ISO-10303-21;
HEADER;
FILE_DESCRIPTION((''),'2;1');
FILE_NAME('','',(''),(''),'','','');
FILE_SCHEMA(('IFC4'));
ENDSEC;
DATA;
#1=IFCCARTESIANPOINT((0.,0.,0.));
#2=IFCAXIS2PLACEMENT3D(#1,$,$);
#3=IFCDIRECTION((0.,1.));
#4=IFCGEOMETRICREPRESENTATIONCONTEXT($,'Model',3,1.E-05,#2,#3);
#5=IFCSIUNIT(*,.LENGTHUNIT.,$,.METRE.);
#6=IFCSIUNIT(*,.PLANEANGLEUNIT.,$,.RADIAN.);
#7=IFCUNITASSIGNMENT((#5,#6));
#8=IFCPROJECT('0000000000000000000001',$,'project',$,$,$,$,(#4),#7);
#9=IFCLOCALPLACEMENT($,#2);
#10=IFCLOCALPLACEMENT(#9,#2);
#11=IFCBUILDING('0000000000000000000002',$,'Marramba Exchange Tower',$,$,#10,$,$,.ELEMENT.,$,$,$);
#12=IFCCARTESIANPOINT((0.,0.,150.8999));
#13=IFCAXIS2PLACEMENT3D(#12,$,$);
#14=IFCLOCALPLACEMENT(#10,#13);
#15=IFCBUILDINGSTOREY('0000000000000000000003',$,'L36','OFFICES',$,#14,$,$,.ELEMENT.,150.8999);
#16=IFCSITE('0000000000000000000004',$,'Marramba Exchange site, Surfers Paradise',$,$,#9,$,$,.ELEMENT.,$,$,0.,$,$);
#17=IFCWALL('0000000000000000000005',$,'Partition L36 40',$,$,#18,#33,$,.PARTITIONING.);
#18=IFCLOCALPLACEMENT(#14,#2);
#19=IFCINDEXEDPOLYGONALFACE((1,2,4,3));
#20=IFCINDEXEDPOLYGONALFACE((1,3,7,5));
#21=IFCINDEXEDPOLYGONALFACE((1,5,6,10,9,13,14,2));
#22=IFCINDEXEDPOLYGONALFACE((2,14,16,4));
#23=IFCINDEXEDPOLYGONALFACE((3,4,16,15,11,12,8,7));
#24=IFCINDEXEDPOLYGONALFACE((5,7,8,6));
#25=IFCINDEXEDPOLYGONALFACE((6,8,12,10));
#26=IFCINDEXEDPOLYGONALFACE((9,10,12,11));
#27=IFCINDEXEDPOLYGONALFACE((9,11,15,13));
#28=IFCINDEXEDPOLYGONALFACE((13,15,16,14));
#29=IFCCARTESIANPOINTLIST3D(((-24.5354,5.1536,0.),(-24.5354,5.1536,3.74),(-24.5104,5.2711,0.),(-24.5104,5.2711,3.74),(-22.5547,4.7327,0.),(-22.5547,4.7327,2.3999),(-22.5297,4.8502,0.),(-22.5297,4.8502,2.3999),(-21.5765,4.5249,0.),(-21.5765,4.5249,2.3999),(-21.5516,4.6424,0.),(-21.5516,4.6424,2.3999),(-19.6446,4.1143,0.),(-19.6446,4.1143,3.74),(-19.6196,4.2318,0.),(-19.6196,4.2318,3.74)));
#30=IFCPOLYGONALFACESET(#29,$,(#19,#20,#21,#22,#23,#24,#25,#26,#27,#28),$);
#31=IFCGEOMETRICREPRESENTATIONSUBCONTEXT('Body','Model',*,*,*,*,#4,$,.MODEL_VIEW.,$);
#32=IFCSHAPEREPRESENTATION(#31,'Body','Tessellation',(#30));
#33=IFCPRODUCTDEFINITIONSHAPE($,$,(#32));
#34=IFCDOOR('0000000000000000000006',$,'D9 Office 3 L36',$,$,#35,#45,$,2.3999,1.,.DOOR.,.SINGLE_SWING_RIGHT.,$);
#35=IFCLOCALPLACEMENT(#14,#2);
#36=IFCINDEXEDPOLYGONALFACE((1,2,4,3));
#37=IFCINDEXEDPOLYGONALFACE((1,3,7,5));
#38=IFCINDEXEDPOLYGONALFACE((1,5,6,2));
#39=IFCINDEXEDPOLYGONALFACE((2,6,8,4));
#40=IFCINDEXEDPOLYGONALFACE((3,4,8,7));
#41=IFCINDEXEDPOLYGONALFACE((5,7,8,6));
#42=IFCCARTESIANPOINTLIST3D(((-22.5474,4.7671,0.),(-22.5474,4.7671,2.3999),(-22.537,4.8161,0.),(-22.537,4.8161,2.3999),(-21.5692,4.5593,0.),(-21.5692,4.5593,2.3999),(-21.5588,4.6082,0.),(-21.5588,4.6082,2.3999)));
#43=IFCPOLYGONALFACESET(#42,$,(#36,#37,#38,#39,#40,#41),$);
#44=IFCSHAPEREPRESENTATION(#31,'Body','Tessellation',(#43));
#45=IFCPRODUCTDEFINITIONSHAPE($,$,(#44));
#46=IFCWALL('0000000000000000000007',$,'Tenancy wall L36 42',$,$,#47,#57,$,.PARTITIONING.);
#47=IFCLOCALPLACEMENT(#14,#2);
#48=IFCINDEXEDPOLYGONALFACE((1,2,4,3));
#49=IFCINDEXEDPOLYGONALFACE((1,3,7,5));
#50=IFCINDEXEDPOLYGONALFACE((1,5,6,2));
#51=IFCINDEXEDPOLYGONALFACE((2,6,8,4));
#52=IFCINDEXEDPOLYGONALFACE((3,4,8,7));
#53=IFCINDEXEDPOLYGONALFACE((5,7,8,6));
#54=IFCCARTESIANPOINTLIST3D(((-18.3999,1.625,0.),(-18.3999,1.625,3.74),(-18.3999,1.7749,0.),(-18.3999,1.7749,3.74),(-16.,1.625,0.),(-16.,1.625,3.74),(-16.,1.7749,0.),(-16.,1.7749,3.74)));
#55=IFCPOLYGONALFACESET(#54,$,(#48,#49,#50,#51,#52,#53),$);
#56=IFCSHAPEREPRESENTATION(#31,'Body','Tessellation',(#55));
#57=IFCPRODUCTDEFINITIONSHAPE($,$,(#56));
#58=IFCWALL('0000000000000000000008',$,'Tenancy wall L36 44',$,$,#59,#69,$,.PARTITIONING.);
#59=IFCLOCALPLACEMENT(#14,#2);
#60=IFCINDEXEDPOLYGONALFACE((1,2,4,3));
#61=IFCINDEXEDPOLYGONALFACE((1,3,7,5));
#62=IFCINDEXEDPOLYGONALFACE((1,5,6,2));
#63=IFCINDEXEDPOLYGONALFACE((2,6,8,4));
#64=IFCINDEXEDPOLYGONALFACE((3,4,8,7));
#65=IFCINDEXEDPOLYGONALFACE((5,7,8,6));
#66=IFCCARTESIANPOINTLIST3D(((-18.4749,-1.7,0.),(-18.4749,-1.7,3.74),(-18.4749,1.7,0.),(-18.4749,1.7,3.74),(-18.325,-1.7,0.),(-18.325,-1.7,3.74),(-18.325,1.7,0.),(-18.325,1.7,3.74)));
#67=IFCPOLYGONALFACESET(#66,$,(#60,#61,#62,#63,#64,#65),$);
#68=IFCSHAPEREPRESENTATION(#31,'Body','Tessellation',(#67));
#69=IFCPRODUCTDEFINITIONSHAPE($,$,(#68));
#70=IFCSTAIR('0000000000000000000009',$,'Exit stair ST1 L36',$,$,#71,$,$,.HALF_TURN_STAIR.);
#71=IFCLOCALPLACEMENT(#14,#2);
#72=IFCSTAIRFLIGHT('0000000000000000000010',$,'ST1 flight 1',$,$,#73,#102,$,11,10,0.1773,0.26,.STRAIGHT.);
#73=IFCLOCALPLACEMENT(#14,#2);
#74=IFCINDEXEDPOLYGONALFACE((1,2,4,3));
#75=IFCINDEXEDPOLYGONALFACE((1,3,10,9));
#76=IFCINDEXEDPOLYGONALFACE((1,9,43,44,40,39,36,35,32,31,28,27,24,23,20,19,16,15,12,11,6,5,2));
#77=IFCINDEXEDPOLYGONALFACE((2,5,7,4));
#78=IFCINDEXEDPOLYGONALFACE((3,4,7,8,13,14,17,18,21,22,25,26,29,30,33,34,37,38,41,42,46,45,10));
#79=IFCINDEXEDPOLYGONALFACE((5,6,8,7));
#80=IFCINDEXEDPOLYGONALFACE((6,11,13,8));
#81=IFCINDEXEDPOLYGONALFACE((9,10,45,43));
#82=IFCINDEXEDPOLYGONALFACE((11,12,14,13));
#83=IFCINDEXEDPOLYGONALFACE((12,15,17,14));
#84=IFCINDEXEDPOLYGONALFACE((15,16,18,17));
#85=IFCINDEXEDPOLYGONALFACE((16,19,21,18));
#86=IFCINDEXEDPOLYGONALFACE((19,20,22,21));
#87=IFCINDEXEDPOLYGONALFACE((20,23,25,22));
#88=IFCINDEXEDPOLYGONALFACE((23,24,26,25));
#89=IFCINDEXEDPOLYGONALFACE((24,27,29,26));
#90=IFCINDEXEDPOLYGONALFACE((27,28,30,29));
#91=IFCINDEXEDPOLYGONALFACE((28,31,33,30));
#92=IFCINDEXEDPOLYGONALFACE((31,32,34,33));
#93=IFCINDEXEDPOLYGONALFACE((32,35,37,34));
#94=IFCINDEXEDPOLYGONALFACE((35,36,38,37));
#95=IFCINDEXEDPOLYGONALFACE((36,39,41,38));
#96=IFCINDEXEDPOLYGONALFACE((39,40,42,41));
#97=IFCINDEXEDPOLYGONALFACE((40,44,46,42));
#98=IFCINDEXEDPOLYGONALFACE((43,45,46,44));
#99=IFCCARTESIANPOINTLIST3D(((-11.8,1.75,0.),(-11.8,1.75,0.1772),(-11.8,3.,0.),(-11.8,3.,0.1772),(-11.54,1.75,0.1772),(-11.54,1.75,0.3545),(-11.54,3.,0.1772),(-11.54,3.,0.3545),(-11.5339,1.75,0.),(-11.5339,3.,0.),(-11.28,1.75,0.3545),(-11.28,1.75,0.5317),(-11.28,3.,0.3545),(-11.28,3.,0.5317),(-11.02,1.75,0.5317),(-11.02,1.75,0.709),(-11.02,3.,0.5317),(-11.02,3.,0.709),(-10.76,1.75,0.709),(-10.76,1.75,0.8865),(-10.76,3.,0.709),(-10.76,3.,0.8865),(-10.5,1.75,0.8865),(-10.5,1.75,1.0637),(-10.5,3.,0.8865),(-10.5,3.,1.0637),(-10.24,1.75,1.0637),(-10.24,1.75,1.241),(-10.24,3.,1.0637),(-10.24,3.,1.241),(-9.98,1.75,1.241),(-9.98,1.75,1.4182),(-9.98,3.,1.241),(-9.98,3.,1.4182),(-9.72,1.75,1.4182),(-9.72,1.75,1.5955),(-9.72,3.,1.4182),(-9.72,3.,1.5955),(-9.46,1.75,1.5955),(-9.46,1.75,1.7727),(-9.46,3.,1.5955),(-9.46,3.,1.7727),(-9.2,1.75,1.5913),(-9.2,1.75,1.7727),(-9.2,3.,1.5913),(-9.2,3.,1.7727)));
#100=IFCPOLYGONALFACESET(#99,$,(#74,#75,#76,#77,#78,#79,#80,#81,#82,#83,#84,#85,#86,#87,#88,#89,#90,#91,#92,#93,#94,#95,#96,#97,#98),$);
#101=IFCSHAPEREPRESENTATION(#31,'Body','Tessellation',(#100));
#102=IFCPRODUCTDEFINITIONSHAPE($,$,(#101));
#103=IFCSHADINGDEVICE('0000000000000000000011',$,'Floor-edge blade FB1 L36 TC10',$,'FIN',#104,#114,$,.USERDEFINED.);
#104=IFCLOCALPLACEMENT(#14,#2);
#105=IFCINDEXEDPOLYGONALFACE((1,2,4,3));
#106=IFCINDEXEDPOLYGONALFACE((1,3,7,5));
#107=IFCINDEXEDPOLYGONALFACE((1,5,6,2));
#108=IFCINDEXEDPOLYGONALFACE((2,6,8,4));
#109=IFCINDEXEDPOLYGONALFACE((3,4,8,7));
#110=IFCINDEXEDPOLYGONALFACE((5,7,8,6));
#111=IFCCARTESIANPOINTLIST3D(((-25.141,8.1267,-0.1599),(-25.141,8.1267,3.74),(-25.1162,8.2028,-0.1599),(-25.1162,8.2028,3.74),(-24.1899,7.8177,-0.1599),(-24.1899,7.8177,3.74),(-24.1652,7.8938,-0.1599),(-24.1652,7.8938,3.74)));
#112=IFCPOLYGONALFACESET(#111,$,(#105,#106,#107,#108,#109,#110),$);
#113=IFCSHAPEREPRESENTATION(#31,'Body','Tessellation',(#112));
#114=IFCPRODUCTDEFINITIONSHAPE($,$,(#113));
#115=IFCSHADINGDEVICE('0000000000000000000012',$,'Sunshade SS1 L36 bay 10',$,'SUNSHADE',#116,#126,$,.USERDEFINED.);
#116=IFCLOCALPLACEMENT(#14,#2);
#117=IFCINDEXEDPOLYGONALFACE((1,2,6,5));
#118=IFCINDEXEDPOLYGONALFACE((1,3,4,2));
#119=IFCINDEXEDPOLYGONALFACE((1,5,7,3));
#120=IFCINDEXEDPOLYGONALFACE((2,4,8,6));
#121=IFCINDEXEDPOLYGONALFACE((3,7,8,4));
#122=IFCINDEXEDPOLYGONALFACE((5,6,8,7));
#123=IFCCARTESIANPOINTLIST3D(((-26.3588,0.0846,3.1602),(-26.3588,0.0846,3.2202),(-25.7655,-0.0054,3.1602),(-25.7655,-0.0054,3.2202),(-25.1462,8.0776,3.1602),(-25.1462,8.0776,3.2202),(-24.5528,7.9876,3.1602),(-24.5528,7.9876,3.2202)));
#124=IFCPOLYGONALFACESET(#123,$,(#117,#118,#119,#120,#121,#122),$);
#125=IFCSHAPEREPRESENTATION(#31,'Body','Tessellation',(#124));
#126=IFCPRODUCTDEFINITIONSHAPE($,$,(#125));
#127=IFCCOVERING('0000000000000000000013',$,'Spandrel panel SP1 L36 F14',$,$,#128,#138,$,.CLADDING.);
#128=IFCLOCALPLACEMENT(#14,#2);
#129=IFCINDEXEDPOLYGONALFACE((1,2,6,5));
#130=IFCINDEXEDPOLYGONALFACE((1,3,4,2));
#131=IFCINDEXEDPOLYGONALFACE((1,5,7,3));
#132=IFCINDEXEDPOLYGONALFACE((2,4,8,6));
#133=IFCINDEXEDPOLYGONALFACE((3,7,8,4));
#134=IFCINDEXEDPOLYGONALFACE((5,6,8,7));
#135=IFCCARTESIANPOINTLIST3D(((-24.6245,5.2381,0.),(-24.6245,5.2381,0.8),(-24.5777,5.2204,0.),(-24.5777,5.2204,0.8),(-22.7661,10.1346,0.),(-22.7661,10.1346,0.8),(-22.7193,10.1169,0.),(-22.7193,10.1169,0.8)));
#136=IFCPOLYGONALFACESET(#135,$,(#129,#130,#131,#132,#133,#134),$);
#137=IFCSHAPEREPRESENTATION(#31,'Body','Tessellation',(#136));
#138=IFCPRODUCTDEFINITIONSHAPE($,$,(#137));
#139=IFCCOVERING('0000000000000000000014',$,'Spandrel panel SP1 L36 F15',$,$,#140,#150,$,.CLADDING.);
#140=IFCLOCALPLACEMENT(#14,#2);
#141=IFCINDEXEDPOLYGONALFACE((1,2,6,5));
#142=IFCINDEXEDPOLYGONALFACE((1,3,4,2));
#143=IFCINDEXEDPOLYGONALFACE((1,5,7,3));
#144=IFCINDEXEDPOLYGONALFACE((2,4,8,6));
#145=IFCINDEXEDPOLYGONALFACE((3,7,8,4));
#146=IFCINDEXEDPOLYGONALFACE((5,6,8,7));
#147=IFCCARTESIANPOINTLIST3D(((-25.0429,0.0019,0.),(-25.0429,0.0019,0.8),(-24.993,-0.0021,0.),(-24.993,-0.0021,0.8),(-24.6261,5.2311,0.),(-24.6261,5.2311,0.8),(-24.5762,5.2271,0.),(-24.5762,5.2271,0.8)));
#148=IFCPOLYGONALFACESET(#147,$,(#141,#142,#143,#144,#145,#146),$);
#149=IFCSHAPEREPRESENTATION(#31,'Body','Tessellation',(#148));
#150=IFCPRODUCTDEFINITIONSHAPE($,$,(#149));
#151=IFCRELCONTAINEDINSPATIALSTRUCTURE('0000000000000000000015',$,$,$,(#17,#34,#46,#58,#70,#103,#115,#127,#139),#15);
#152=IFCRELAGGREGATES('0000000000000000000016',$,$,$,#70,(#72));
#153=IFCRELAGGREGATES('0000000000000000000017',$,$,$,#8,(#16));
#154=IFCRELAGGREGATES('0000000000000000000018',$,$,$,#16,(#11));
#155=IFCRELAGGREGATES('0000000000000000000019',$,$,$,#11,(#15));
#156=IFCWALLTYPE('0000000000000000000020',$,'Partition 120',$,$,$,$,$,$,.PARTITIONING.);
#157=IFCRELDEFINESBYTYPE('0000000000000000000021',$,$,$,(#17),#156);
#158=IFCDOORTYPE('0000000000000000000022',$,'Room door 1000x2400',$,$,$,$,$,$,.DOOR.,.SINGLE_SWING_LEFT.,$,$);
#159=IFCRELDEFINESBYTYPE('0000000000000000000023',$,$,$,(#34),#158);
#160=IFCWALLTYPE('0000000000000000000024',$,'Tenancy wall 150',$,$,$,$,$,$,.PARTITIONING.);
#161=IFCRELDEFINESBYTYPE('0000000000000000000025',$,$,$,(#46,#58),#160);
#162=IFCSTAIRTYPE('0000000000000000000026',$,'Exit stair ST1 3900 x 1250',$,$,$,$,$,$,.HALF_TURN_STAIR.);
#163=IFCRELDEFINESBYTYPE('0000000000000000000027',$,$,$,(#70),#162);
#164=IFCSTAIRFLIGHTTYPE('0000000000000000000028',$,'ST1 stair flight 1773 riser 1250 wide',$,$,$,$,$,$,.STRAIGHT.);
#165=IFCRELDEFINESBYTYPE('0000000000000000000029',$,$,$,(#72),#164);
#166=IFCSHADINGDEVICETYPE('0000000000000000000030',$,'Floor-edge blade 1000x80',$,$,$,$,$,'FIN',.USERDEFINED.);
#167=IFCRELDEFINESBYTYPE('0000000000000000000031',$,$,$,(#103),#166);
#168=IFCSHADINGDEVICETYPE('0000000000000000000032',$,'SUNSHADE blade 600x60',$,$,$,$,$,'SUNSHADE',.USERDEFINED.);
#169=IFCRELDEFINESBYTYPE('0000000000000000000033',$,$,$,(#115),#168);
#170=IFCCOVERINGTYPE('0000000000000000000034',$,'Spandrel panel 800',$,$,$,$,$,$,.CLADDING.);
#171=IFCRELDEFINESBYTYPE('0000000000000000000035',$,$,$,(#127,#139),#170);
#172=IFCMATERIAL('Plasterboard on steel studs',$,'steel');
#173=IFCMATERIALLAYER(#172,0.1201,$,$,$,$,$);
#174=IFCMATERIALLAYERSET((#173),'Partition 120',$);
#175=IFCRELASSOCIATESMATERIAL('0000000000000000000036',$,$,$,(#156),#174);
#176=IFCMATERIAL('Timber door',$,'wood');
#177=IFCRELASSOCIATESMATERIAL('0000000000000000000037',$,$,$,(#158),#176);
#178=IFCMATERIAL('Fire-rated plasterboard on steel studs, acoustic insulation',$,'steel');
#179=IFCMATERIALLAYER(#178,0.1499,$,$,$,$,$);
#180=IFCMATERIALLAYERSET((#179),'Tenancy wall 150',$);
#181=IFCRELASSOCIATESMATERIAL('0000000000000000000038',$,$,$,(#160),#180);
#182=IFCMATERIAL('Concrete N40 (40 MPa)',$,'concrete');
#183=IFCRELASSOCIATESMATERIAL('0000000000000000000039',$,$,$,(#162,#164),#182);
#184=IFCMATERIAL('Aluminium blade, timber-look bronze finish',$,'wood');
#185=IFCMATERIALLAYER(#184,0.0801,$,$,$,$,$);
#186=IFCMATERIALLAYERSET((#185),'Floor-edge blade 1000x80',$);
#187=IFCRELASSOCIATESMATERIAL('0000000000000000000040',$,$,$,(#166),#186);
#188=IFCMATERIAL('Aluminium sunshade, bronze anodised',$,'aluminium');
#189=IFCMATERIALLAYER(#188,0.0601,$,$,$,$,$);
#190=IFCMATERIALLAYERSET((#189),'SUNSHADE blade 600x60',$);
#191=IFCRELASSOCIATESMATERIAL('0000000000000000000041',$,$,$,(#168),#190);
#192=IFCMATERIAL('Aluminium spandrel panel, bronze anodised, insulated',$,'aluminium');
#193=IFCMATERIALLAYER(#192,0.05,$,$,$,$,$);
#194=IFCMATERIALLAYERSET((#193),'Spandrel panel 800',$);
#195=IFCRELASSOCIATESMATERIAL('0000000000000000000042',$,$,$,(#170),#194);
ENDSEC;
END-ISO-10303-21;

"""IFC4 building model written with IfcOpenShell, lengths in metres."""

from ifc_helpers import new_model, si_unit, direction, frame, frame_2d, origin, origin_2d, place, context, subcontext, project, spatial, polyline, rectangle, outline, extrude, material, layer, layer_set, type_object, element, fill, aggregate, save


model = new_model("IFC4")

# Units and contexts
model_context = context("Model", 3, precision=1e-05, world=origin(), true_north=direction((0.0, 1.0)))
body_context = subcontext(model_context, "Body", "Model", "MODEL_VIEW")
ifc_project = project(units=[si_unit("LENGTHUNIT", "METRE"), si_unit("PLANEANGLEUNIT", "RADIAN")], contexts=[model_context])

# Site, building, storey
site_placement = place(None, origin())
site = spatial("IfcSite", under=ifc_project, at=site_placement, Name="Marramba Exchange site, Surfers Paradise", CompositionType="ELEMENT", RefElevation=0.0)
building_placement = place(site_placement, origin())
building = spatial("IfcBuilding", under=site, at=building_placement, Name="Marramba Exchange Tower", CompositionType="ELEMENT")
storey_placement = place(building_placement, frame((0.0, 0.0, 150.8999)))
storey = spatial("IfcBuildingStorey", under=building, at=storey_placement, Name="L36", Description="OFFICES", CompositionType="ELEMENT", Elevation=150.8999)

# Wall, opening, door
ifc_material_1 = material(Name="Plasterboard on steel studs", Category="steel")
ifc_layer_1 = layer(ifc_material_1, 0.1201)
ifc_layer_set_1 = layer_set([ifc_layer_1], Name="Partition 120")
wall_type_1 = type_object("IfcWallType", Name="Partition 120", PredefinedType="PARTITIONING", material=ifc_layer_set_1)
wall_1_placement = place(storey_placement, frame((-19.6321, 4.1731, 0.0), z_axis=(0.0, 0.0, 1.0), x_axis=(-0.978159, 0.207858, 0.0)))
wall_1 = element("IfcWall", 1, at=wall_1_placement, inside=storey, type_object=wall_type_1, Name="Partition L36 40", PredefinedType="PARTITIONING", context=body_context, shape_type="SweptSolid", body=[
    extrude(rectangle(XDim=5.0, YDim=0.1201, at=frame_2d((2.5, 0.0))), origin(), (0.0, 0.0, 1.0), 3.74),
])
opening_1_placement = place(wall_1_placement, frame((1.9751, 0.0, 0.0)))
opening_1 = element("IfcOpeningElement", 2, at=opening_1_placement, cuts=wall_1, PredefinedType="OPENING", context=body_context, shape_type="SweptSolid", body=[
    extrude(rectangle(XDim=1.0, YDim=2.3999, at=frame_2d((0.5, 1.2))), frame((0.0, 0.0701, 0.0), z_axis=(0.0, -1.0, 0.0), x_axis=(1.0, 0.0, 0.0)), (0.0, 0.0, 1.0), 0.1401),
])
ifc_material_2 = material(Name="Timber door", Category="wood")
door_type_1 = type_object("IfcDoorType", Name="Room door 1000x2400", OperationType="SINGLE_SWING_LEFT", PredefinedType="DOOR", material=ifc_material_2)
door_1_placement = place(opening_1_placement, origin())
door_1 = element("IfcDoor", 3, at=door_1_placement, inside=storey, type_object=door_type_1, Name="D9 Office 3 L36", OperationType="SINGLE_SWING_RIGHT", OverallHeight=2.3999, OverallWidth=1.0, PredefinedType="DOOR", context=body_context, shape_type="SweptSolid", body=[
    extrude(rectangle(XDim=1.0, YDim=2.3999, at=frame_2d((0.5, 1.2))), frame((0.0, 0.0249, 0.0), z_axis=(0.0, -1.0, 0.0), x_axis=(1.0, 0.0, 0.0)), (0.0, 0.0, 1.0), 0.05),
])
fill(opening_1, door_1)

# Walls
ifc_material_3 = material(Name="Fire-rated plasterboard on steel studs, acoustic insulation", Category="steel")
ifc_layer_2 = layer(ifc_material_3, 0.1499)
ifc_layer_set_2 = layer_set([ifc_layer_2], Name="Tenancy wall 150")
wall_type_2 = type_object("IfcWallType", Name="Tenancy wall 150", PredefinedType="PARTITIONING", material=ifc_layer_set_2)
wall_2_placement = place(storey_placement, frame((-16.0, 1.7, 0.0), z_axis=(0.0, 0.0, 1.0), x_axis=(-1.0, 0.0, 0.0)))
element("IfcWall", 4, at=wall_2_placement, inside=storey, type_object=wall_type_2, Name="Tenancy wall L36 42", PredefinedType="PARTITIONING", context=body_context, shape_type="SweptSolid", body=[
    extrude(rectangle(XDim=2.3999, YDim=0.1499, at=frame_2d((1.2, 0.0))), origin(), (0.0, 0.0, 1.0), 3.74),
])
wall_3_placement = place(storey_placement, frame((-18.3999, 1.7, 0.0), z_axis=(0.0, 0.0, 1.0), x_axis=(0.0, -1.0, 0.0)))
element("IfcWall", 5, at=wall_3_placement, inside=storey, type_object=wall_type_2, Name="Tenancy wall L36 44", PredefinedType="PARTITIONING", context=body_context, shape_type="SweptSolid", body=[
    extrude(rectangle(XDim=3.3999, YDim=0.1499, at=frame_2d((1.7, 0.0))), origin(), (0.0, 0.0, 1.0), 3.74),
])

# Stair, stair flight
ifc_material_4 = material(Name="Concrete N40 (40 MPa)", Category="concrete")
stair_type = type_object("IfcStairType", Name="Exit stair ST1 3900 x 1250", PredefinedType="HALF_TURN_STAIR", material=ifc_material_4)
stair_placement = place(storey_placement, origin())
stair = element("IfcStair", 6, at=stair_placement, inside=storey, type_object=stair_type, Name="Exit stair ST1 L36", PredefinedType="HALF_TURN_STAIR")
stair_flight_type = type_object("IfcStairFlightType", Name="ST1 stair flight 1773 riser 1250 wide", PredefinedType="STRAIGHT", material=ifc_material_4)
stair_flight_placement = place(storey_placement, frame((-11.8, 2.375, 0.0), z_axis=(0.0, 0.0, 1.0), x_axis=(1.0, 0.0, 0.0)))
stair_flight = element("IfcStairFlight", 7, at=stair_flight_placement, type_object=stair_flight_type, Name="ST1 flight 1", NumberOfRisers=11, NumberOfTreads=10, PredefinedType="STRAIGHT", RiserHeight=0.1773, TreadLength=0.26, context=body_context, shape_type="SweptSolid", body=[
    extrude(outline(polyline([(0.0, 0.0), (0.0, 0.1772), (0.26, 0.1772), (0.26, 0.3545), (0.52, 0.3545), (0.52, 0.5317), (0.78, 0.5317), (0.78, 0.709), (1.04, 0.709), (1.04, 0.8865), (1.3, 0.8865), (1.3, 1.0637), (1.5601, 1.0637), (1.5601, 1.241), (1.8201, 1.241), (1.8201, 1.4182), (2.0801, 1.4182), (2.0801, 1.5955), (2.3401, 1.5955), (2.3401, 1.7727), (2.6001, 1.7727), (2.6001, 1.95), (2.6001, 1.5913), (0.2661, 0.0), (0.0, 0.0)])), frame((0.0, 0.625, 0.0), z_axis=(0.0, -1.0, 0.0), x_axis=(1.0, 0.0, 0.0)), (0.0, 0.0, 1.0), 1.25),
])
aggregate(stair, [stair_flight])

# Shading devices
ifc_material_5 = material(Name="Aluminium blade, timber-look bronze finish", Category="wood")
ifc_layer_3 = layer(ifc_material_5, 0.0801)
ifc_layer_set_3 = layer_set([ifc_layer_3], Name="Floor-edge blade 1000x80")
shading_device_type_1 = type_object("IfcShadingDeviceType", Name="Floor-edge blade 1000x80", ElementType="FIN", PredefinedType="USERDEFINED", material=ifc_layer_set_3)
shading_device_1_placement = place(storey_placement, frame((-24.6531, 8.0103, -0.1599), z_axis=(0.0, 0.0, 1.0), x_axis=(-0.951057, 0.309017, 0.0)))
element("IfcShadingDevice", 8, at=shading_device_1_placement, inside=storey, type_object=shading_device_type_1, Name="Floor-edge blade FB1 L36 TC10", ObjectType="FIN", PredefinedType="USERDEFINED", context=body_context, shape_type="SweptSolid", body=[
    extrude(rectangle(XDim=1.0, YDim=0.0801, at=origin_2d()), origin(), (0.0, 0.0, 1.0), 3.8999),
])
ifc_material_6 = material(Name="Aluminium sunshade, bronze anodised", Category="aluminium")
ifc_layer_4 = layer(ifc_material_6, 0.0601)
ifc_layer_set_4 = layer_set([ifc_layer_4], Name="SUNSHADE blade 600x60")
shading_device_type_2 = type_object("IfcShadingDeviceType", Name="SUNSHADE blade 600x60", ElementType="SUNSHADE", PredefinedType="USERDEFINED", material=ifc_layer_set_4)
shading_device_2_placement = place(storey_placement, frame((-25.4558, 4.0361, 3.1602), z_axis=(0.0, 0.0, 1.0), x_axis=(-0.149993, -0.988687, 0.0)))
element("IfcShadingDevice", 9, at=shading_device_2_placement, inside=storey, type_object=shading_device_type_2, Name="Sunshade SS1 L36 bay 10", ObjectType="SUNSHADE", PredefinedType="USERDEFINED", context=body_context, shape_type="SweptSolid", body=[
    extrude(rectangle(XDim=8.0845, YDim=0.6001, at=origin_2d()), origin(), (0.0, 0.0, 1.0), 0.0601),
])

# Coverings
ifc_material_7 = material(Name="Aluminium spandrel panel, bronze anodised, insulated", Category="aluminium")
ifc_layer_5 = layer(ifc_material_7, 0.05)
ifc_layer_set_5 = layer_set([ifc_layer_5], Name="Spandrel panel 800")
covering_type = type_object("IfcCoveringType", Name="Spandrel panel 800", PredefinedType="CLADDING", material=ifc_layer_set_5)
covering_1_placement = place(storey_placement, frame((-23.6719, 7.6775, 0.0), z_axis=(0.0, 0.0, 1.0), x_axis=(-0.354844, -0.934925, 0.0)))
element("IfcCovering", 10, at=covering_1_placement, inside=storey, type_object=covering_type, Name="Spandrel panel SP1 L36 F14", PredefinedType="CLADDING", context=body_context, shape_type="SweptSolid", body=[
    extrude(rectangle(XDim=5.2373, YDim=0.05, at=origin_2d()), origin(), (0.0, 0.0, 1.0), 0.8),
])
covering_2_placement = place(storey_placement, frame((-24.8096, 2.6145, 0.0), z_axis=(0.0, 0.0, 1.0), x_axis=(-0.07946, -0.996838, 0.0)))
element("IfcCovering", 11, at=covering_2_placement, inside=storey, type_object=covering_type, Name="Spandrel panel SP1 L36 F15", PredefinedType="CLADDING", context=body_context, shape_type="SweptSolid", body=[
    extrude(rectangle(XDim=5.2458, YDim=0.05, at=origin_2d()), origin(), (0.0, 0.0, 1.0), 0.8),
])

save(model, "model.ifc")
